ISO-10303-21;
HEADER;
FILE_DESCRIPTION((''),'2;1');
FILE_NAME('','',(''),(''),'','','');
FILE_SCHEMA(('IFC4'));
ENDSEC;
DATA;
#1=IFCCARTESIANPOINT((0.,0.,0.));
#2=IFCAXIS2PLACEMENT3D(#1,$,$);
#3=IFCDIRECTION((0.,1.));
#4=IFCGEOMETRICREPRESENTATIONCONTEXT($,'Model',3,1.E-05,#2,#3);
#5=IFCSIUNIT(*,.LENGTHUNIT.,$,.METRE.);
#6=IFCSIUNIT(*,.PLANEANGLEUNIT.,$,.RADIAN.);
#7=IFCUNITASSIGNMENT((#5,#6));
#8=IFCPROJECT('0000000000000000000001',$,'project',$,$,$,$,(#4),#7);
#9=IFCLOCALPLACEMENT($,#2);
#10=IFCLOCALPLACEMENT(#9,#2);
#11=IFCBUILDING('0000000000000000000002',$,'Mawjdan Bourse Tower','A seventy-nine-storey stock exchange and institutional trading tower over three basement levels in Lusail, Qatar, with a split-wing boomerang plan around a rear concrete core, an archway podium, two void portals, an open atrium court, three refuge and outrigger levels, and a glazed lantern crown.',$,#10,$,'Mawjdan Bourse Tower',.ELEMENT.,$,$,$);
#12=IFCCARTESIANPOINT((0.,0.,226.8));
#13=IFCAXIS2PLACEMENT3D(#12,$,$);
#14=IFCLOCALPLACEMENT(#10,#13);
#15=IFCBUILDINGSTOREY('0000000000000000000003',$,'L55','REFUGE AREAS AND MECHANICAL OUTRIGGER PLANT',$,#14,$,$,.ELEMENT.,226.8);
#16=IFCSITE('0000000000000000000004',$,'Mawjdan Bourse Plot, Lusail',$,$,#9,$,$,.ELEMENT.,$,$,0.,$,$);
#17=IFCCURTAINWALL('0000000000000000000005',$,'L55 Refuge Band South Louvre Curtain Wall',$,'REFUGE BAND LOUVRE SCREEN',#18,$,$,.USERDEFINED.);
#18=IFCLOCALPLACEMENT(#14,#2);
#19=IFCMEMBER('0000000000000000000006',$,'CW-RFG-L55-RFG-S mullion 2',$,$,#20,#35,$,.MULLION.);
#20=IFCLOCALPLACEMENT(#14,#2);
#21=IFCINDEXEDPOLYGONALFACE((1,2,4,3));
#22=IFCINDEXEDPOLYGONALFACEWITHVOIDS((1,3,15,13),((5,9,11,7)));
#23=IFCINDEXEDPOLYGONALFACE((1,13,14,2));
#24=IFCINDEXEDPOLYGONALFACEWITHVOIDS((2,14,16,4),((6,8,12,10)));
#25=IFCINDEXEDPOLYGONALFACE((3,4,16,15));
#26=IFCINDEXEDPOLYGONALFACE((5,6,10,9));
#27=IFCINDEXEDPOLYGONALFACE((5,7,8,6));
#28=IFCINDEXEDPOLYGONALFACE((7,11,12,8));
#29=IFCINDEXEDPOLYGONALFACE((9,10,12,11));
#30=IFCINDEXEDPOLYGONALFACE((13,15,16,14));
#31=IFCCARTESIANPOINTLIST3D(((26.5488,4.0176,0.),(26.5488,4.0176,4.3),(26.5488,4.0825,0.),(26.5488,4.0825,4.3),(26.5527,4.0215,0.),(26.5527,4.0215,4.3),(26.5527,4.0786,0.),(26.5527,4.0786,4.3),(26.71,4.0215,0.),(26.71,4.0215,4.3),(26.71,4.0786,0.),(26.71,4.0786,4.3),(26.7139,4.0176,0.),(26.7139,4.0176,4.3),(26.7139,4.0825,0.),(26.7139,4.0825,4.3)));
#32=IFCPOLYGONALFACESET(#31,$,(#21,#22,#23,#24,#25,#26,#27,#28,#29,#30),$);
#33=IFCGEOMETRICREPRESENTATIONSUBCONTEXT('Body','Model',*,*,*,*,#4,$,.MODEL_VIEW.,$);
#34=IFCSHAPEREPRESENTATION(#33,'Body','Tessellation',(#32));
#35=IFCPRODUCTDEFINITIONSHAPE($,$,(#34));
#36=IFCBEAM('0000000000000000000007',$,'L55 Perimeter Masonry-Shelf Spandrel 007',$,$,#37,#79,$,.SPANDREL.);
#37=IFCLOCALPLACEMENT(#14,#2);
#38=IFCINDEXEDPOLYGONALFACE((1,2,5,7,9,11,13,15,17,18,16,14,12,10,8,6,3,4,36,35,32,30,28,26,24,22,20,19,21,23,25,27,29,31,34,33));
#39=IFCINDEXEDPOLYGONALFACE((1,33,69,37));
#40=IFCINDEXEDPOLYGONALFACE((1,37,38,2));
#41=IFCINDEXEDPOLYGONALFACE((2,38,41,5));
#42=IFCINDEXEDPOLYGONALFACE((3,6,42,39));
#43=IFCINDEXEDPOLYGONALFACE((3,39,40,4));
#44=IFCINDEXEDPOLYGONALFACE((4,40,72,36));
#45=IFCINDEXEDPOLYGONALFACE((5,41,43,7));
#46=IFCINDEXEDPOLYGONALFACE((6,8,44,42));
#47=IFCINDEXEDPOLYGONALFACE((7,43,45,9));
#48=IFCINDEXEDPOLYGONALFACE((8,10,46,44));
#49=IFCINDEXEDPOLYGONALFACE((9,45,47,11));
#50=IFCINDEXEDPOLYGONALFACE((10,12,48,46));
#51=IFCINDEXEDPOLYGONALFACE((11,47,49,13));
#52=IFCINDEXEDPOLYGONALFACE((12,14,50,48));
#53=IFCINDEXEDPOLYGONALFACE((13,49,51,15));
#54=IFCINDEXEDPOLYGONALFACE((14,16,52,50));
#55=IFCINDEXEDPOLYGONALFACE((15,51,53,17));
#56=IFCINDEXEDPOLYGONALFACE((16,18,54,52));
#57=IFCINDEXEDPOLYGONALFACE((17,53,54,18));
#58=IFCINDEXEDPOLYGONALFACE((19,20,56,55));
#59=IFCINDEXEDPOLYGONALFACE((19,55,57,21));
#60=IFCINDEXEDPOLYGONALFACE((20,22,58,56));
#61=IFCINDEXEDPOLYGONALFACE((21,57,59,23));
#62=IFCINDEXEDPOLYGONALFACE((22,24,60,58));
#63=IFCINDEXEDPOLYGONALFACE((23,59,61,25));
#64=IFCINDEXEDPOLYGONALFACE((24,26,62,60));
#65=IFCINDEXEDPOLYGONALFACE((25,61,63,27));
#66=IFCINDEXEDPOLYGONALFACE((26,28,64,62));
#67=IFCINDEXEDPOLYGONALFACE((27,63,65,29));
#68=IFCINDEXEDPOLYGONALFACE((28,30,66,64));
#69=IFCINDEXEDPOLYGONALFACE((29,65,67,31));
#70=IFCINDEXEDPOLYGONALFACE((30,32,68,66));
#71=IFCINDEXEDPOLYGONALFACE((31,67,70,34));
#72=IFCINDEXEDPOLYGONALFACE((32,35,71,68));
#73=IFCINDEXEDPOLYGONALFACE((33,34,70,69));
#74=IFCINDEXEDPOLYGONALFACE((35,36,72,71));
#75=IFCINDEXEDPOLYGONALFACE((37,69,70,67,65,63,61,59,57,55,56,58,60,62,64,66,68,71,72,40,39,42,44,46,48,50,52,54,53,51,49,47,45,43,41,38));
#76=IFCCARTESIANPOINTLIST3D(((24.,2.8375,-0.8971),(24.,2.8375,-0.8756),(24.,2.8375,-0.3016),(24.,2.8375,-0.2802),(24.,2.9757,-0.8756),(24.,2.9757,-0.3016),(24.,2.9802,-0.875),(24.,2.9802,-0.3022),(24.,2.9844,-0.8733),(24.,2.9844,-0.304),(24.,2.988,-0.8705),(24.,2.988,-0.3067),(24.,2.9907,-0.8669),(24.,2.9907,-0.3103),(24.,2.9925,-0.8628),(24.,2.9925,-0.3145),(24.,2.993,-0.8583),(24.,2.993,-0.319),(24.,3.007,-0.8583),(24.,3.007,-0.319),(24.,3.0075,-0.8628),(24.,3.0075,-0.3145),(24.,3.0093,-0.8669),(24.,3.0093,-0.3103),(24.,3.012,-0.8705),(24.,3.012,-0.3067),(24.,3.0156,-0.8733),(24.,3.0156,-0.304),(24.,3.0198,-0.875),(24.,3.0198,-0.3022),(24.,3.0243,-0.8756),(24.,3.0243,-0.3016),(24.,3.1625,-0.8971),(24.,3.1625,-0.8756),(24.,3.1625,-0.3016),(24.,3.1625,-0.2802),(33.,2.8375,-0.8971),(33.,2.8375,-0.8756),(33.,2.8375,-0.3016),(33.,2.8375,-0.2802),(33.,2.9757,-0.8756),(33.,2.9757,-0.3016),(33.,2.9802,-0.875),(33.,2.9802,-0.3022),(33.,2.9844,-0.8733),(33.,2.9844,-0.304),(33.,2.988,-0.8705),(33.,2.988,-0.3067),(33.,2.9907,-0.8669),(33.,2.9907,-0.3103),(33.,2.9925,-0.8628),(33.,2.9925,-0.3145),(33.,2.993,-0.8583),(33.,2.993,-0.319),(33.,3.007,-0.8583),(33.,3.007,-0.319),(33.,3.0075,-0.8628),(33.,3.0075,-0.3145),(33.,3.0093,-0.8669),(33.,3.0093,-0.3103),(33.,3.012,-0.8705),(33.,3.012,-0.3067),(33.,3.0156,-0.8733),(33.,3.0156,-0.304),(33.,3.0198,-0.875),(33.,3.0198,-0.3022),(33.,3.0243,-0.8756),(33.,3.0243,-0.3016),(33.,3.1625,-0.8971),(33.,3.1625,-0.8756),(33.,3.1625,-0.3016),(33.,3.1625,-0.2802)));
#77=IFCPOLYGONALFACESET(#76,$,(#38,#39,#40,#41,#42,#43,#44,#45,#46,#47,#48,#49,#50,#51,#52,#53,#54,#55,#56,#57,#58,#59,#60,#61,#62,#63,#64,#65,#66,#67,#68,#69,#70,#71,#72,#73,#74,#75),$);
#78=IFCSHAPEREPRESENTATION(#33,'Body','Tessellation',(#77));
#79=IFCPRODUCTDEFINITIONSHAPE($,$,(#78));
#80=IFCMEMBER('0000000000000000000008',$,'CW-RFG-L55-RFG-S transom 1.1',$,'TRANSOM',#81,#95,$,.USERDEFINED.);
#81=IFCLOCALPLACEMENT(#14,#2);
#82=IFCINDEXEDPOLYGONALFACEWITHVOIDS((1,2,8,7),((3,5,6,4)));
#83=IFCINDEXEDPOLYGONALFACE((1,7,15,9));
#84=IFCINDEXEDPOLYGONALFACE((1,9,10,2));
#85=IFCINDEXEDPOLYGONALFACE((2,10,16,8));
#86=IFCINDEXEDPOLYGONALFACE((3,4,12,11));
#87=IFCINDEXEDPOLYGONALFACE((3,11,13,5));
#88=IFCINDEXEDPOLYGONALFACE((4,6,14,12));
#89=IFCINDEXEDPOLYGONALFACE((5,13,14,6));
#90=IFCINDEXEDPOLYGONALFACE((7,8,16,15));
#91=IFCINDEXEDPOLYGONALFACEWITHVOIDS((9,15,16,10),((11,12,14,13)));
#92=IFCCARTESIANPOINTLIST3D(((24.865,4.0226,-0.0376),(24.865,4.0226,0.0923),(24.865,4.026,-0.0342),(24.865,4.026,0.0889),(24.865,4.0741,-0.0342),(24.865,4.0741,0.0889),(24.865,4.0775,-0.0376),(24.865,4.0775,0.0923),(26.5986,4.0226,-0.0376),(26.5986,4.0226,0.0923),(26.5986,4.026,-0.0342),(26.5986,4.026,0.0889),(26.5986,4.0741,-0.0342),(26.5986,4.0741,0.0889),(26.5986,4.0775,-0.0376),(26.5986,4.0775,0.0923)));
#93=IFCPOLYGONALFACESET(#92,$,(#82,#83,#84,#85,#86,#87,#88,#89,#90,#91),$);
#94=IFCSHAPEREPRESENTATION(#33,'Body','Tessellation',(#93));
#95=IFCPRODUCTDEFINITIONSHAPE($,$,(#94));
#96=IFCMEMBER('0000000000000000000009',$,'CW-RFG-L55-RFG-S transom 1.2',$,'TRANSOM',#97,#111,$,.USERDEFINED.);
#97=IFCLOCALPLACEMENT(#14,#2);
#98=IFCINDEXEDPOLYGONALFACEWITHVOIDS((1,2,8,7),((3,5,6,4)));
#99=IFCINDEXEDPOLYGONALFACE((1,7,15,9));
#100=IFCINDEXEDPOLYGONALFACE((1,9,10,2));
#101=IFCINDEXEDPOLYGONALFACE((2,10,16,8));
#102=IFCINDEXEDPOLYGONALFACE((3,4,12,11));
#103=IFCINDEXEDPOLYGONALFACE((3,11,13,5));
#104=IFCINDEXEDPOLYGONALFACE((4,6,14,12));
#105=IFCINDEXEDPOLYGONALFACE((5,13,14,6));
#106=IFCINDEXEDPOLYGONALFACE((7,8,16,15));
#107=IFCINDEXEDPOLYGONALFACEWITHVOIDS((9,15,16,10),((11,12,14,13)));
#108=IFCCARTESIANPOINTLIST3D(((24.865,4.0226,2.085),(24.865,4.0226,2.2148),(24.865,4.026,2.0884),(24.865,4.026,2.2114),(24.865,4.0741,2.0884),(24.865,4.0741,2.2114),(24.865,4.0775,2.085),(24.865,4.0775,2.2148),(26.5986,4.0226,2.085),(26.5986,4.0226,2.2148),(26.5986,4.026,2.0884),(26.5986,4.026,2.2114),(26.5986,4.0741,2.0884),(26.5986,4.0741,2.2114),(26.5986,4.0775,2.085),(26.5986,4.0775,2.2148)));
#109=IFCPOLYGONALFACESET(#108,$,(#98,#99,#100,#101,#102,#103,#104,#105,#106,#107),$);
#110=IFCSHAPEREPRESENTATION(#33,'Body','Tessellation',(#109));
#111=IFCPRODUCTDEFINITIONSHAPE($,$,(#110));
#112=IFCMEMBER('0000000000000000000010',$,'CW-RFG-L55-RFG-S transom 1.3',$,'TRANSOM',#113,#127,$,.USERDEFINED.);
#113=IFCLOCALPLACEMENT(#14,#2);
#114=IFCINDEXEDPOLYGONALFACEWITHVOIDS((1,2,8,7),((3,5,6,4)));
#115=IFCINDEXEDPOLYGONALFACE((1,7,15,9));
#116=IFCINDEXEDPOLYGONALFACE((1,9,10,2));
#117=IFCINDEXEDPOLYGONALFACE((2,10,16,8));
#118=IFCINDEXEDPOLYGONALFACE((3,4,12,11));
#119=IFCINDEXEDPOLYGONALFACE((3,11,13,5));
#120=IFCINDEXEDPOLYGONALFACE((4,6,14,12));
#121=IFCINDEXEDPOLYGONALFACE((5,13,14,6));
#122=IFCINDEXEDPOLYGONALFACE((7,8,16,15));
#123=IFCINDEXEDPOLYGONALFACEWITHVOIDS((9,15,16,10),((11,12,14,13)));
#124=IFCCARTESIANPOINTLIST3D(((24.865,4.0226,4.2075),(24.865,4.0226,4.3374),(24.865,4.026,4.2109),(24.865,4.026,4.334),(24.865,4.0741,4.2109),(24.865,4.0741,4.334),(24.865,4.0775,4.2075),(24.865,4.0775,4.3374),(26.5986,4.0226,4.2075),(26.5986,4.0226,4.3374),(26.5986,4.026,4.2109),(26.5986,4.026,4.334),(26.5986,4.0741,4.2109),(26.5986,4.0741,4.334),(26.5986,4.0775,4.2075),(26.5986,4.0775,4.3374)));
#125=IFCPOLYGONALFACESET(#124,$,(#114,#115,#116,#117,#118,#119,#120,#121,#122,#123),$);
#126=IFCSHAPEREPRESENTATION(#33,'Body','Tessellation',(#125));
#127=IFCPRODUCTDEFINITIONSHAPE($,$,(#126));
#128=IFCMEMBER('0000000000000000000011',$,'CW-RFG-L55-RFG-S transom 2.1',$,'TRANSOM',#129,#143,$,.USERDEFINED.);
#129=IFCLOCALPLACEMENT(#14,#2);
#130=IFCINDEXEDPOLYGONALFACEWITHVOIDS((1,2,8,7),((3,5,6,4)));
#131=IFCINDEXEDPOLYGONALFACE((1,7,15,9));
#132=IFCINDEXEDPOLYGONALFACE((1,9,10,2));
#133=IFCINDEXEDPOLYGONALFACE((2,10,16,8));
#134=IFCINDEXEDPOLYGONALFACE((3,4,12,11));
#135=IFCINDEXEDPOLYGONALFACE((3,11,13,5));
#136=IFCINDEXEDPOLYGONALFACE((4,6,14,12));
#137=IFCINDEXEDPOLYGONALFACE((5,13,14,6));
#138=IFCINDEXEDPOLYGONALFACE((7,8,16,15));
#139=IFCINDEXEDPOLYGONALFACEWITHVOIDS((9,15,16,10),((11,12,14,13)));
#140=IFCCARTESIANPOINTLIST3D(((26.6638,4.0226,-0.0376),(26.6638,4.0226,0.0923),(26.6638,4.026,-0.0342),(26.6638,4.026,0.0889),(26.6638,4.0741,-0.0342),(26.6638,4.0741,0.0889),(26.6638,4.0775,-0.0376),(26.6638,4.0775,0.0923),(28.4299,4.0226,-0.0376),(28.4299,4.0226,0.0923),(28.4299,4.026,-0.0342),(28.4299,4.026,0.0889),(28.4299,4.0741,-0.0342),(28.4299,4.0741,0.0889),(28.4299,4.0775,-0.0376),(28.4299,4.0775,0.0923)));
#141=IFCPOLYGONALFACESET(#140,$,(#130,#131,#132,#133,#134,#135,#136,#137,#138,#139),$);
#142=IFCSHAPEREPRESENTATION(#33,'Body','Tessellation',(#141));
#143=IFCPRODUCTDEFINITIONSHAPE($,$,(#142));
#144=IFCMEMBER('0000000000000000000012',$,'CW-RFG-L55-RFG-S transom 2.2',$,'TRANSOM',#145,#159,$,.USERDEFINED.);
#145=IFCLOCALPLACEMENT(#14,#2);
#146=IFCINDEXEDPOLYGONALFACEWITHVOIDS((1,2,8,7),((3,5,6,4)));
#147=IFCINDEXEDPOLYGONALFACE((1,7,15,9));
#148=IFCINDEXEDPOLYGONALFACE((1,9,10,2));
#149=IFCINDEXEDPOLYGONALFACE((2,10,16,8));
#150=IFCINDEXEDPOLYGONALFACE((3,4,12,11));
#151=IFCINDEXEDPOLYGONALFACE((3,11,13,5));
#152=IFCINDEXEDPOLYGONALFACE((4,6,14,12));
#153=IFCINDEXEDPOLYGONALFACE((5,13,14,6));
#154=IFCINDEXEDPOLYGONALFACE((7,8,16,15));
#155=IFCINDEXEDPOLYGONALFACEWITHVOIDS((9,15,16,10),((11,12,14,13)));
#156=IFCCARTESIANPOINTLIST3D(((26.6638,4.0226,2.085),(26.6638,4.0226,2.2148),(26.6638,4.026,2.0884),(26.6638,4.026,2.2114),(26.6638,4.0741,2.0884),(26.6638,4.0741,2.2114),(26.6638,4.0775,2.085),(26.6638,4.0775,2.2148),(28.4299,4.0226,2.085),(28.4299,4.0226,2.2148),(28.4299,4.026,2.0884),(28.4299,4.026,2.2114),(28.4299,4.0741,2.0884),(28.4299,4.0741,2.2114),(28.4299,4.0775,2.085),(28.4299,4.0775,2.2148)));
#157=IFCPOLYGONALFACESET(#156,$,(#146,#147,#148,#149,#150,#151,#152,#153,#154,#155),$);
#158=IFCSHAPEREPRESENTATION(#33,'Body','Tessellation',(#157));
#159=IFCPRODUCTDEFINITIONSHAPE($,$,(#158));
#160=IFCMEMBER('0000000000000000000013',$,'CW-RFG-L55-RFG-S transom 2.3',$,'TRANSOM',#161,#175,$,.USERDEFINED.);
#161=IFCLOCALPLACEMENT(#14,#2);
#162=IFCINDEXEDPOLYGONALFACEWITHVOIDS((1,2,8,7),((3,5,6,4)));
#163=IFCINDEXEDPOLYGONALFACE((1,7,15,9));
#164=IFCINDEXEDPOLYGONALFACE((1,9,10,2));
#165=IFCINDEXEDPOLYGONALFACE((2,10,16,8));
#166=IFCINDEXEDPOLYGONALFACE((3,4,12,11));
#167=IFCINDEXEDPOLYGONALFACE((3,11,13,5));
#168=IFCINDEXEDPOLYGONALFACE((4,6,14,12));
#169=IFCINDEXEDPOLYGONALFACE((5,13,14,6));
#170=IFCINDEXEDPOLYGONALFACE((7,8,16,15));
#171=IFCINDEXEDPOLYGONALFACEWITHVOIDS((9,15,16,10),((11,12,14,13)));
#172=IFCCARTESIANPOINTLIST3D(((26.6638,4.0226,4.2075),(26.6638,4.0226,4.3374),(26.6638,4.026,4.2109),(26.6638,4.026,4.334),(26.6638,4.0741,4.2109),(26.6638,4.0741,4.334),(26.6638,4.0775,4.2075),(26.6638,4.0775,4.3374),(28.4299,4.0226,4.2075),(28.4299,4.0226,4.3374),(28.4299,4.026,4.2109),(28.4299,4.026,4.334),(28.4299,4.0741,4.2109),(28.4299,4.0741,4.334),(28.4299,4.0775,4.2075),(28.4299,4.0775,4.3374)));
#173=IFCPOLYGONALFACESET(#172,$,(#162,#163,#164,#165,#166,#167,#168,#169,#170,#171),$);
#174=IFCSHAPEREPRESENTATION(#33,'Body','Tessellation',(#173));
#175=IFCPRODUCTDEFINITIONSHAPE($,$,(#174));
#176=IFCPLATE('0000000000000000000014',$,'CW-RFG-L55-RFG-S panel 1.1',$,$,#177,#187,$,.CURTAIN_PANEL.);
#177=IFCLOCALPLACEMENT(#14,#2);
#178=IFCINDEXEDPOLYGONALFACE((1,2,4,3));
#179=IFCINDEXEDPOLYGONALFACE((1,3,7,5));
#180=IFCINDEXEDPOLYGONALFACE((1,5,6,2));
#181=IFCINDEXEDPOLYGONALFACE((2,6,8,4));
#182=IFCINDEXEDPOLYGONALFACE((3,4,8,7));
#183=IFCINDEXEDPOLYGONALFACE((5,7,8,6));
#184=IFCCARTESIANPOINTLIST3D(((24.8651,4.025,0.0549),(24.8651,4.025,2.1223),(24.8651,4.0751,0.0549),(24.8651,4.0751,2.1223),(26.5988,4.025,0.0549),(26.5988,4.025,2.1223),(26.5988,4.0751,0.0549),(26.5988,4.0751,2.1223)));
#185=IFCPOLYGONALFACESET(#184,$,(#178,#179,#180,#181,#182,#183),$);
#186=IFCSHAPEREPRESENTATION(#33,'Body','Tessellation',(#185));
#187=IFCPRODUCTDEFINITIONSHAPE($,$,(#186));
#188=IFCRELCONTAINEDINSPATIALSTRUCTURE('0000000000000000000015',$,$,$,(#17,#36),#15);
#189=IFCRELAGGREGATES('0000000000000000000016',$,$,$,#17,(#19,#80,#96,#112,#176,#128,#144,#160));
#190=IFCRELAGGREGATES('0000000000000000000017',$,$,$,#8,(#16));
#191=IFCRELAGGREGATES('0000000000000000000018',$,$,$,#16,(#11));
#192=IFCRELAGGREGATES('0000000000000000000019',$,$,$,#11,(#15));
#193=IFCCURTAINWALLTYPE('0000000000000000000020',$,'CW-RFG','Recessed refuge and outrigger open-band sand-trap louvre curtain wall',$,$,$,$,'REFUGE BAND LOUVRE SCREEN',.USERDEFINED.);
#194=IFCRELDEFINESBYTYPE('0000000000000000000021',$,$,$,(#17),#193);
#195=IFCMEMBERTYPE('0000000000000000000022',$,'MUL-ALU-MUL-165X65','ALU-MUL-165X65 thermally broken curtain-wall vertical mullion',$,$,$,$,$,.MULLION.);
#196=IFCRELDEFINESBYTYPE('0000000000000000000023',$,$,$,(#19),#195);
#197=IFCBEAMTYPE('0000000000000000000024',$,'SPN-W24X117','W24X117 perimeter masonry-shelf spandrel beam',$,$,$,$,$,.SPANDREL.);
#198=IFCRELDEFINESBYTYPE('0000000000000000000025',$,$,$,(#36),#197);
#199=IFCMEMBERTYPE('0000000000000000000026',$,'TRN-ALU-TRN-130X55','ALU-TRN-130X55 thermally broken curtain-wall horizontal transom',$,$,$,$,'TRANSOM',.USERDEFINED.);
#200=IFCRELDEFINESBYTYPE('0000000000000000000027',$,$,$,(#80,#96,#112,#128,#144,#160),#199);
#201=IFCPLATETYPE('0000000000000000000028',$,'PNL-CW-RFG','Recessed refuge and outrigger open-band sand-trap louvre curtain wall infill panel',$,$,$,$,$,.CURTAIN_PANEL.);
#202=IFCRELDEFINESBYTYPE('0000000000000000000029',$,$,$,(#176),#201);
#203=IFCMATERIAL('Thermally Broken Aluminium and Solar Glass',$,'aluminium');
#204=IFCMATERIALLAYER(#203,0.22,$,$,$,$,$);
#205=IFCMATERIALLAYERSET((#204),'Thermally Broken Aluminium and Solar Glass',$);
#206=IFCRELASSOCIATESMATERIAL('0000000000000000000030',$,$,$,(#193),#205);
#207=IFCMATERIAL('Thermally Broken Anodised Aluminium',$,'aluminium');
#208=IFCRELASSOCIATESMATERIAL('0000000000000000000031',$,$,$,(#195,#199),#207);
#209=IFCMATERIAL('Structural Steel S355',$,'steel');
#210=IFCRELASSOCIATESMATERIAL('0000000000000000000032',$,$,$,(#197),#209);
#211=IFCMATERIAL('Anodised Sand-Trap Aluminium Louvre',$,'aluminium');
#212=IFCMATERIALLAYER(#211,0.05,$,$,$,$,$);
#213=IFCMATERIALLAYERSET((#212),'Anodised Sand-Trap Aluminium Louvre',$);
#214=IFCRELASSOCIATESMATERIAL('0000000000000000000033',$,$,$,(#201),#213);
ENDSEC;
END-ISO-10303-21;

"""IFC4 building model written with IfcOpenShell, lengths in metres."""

from ifc_helpers import new_model, si_unit, direction, frame, origin, origin_2d, place, context, subcontext, project, spatial, rectangle, hollow_rectangle, i_section, extrude, material, layer, layer_set, material_profile, profile_set, type_object, element, aggregate, save


model = new_model("IFC4")

# Units and contexts
model_context = context("Model", 3, precision=1e-05, world=origin(), true_north=direction((0.0, 1.0)))
body_context = subcontext(model_context, "Body", "Model", "MODEL_VIEW")
ifc_project = project(units=[si_unit("LENGTHUNIT", "METRE"), si_unit("PLANEANGLEUNIT", "RADIAN")], contexts=[model_context])

# Site, building, storey
site_placement = place(None, origin())
site = spatial("IfcSite", under=ifc_project, at=site_placement, Name="Mawjdan Bourse Plot, Lusail", CompositionType="ELEMENT", RefElevation=0.0)
building_placement = place(site_placement, origin())
building = spatial("IfcBuilding", under=site, at=building_placement, Name="Mawjdan Bourse Tower", Description="A seventy-nine-storey stock exchange and institutional trading tower over three basement levels in Lusail, Qatar, with a split-wing boomerang plan around a rear concrete core, an archway podium, two void portals, an open atrium court, three refuge and outrigger levels, and a glazed lantern crown.", LongName="Mawjdan Bourse Tower", CompositionType="ELEMENT")
storey_placement = place(building_placement, frame((0.0, 0.0, 226.8)))
storey = spatial("IfcBuildingStorey", under=building, at=storey_placement, Name="L55", Description="REFUGE AREAS AND MECHANICAL OUTRIGGER PLANT", CompositionType="ELEMENT", Elevation=226.8)

# Shared definitions
ifc_material_1 = material(Name="Structural Steel S355", Category="steel")

# Curtain wall, member
ifc_material_2 = material(Name="Thermally Broken Aluminium and Solar Glass", Category="aluminium")
ifc_layer_1 = layer(ifc_material_2, 0.22)
ifc_layer_set_1 = layer_set([ifc_layer_1], Name="Thermally Broken Aluminium and Solar Glass")
curtain_wall_type = type_object("IfcCurtainWallType", Name="CW-RFG", Description="Recessed refuge and outrigger open-band sand-trap louvre curtain wall", ElementType="REFUGE BAND LOUVRE SCREEN", PredefinedType="USERDEFINED", material=ifc_layer_set_1)
curtain_wall_placement = place(storey_placement, origin())
curtain_wall = element("IfcCurtainWall", 1, at=curtain_wall_placement, inside=storey, type_object=curtain_wall_type, Name="L55 Refuge Band South Louvre Curtain Wall", ObjectType="REFUGE BAND LOUVRE SCREEN", PredefinedType="USERDEFINED")
ifc_material_3 = material(Name="Thermally Broken Anodised Aluminium", Category="aluminium")
ifc_material_profile_1 = material_profile(ifc_material_3, hollow_rectangle(XDim=0.0649, YDim=0.165, WallThickness=0.0039, at=origin_2d()), Name="ALU-MUL-165X65")
ifc_profile_set_1 = profile_set([ifc_material_profile_1], Name="Thermally Broken Anodised Aluminium")
member_type_1 = type_object("IfcMemberType", Name="MUL-ALU-MUL-165X65", Description="ALU-MUL-165X65 thermally broken curtain-wall vertical mullion", PredefinedType="MULLION", material=ifc_profile_set_1)
member_1_placement = place(storey_placement, frame((26.6313, 4.05, 0.0), z_axis=(0.0, 0.0, 1.0), x_axis=(0.0, 1.0, 0.0)))
member_1 = element("IfcMember", 2, at=member_1_placement, type_object=member_type_1, Name="CW-RFG-L55-RFG-S mullion 2", PredefinedType="MULLION", context=body_context, shape_type="SweptSolid", body=[
    extrude(hollow_rectangle(XDim=0.0649, YDim=0.165, WallThickness=0.0039, at=origin_2d()), origin(), (0.0, 0.0, 1.0), 4.3),
])

# Beam
ifc_material_profile_2 = material_profile(ifc_material_1, i_section(OverallWidth=0.325, OverallDepth=0.6169, WebThickness=0.0139, FlangeThickness=0.0215, FilletRadius=0.0173, at=origin_2d()), Name="W24X117")
ifc_profile_set_2 = profile_set([ifc_material_profile_2], Name="Structural Steel S355")
beam_type_1 = type_object("IfcBeamType", Name="SPN-W24X117", Description="W24X117 perimeter masonry-shelf spandrel beam", PredefinedType="SPANDREL", material=ifc_profile_set_2)
beam_1_placement = place(storey_placement, frame((24.0, 3.0, -0.5886), z_axis=(1.0, 0.0, 0.0), x_axis=(0.0, 1.0, 0.0)))
element("IfcBeam", 3, at=beam_1_placement, inside=storey, type_object=beam_type_1, Name="L55 Perimeter Masonry-Shelf Spandrel 007", PredefinedType="SPANDREL", context=body_context, shape_type="SweptSolid", body=[
    extrude(i_section(OverallWidth=0.325, OverallDepth=0.6169, WebThickness=0.0139, FlangeThickness=0.0215, FilletRadius=0.0173, at=origin_2d()), origin(), (0.0, 0.0, 1.0), 9.0),
])

# Members
ifc_material_profile_3 = material_profile(ifc_material_3, hollow_rectangle(XDim=0.0549, YDim=0.1299, WallThickness=0.0034, at=origin_2d()), Name="ALU-TRN-130X55")
ifc_profile_set_3 = profile_set([ifc_material_profile_3], Name="Thermally Broken Anodised Aluminium")
member_type_2 = type_object("IfcMemberType", Name="TRN-ALU-TRN-130X55", Description="ALU-TRN-130X55 thermally broken curtain-wall horizontal transom", ElementType="TRANSOM", PredefinedType="USERDEFINED", material=ifc_profile_set_3)
member_2_placement = place(storey_placement, frame((24.865, 4.05, 0.0273), z_axis=(1.0, 0.0, 0.0), x_axis=(0.0, 1.0, 0.0)))
member_2 = element("IfcMember", 4, at=member_2_placement, type_object=member_type_2, Name="CW-RFG-L55-RFG-S transom 1.1", ObjectType="TRANSOM", PredefinedType="USERDEFINED", context=body_context, shape_type="SweptSolid", body=[
    extrude(hollow_rectangle(XDim=0.0549, YDim=0.1299, WallThickness=0.0034, at=origin_2d()), origin(), (0.0, 0.0, 1.0), 1.7336),
])
member_3_placement = place(storey_placement, frame((24.865, 4.05, 2.1499), z_axis=(1.0, 0.0, 0.0), x_axis=(0.0, 1.0, 0.0)))
member_3 = element("IfcMember", 5, at=member_3_placement, type_object=member_type_2, Name="CW-RFG-L55-RFG-S transom 1.2", ObjectType="TRANSOM", PredefinedType="USERDEFINED", context=body_context, shape_type="SweptSolid", body=[
    extrude(hollow_rectangle(XDim=0.0549, YDim=0.1299, WallThickness=0.0034, at=origin_2d()), origin(), (0.0, 0.0, 1.0), 1.7336),
])
member_4_placement = place(storey_placement, frame((24.865, 4.05, 4.2725), z_axis=(1.0, 0.0, 0.0), x_axis=(0.0, 1.0, 0.0)))
member_4 = element("IfcMember", 6, at=member_4_placement, type_object=member_type_2, Name="CW-RFG-L55-RFG-S transom 1.3", ObjectType="TRANSOM", PredefinedType="USERDEFINED", context=body_context, shape_type="SweptSolid", body=[
    extrude(hollow_rectangle(XDim=0.0549, YDim=0.1299, WallThickness=0.0034, at=origin_2d()), origin(), (0.0, 0.0, 1.0), 1.7336),
])
member_5_placement = place(storey_placement, frame((26.6638, 4.05, 0.0273), z_axis=(1.0, 0.0, 0.0), x_axis=(0.0, 1.0, 0.0)))
member_5 = element("IfcMember", 7, at=member_5_placement, type_object=member_type_2, Name="CW-RFG-L55-RFG-S transom 2.1", ObjectType="TRANSOM", PredefinedType="USERDEFINED", context=body_context, shape_type="SweptSolid", body=[
    extrude(hollow_rectangle(XDim=0.0549, YDim=0.1299, WallThickness=0.0034, at=origin_2d()), origin(), (0.0, 0.0, 1.0), 1.7661),
])
member_6_placement = place(storey_placement, frame((26.6638, 4.05, 2.1499), z_axis=(1.0, 0.0, 0.0), x_axis=(0.0, 1.0, 0.0)))
member_6 = element("IfcMember", 8, at=member_6_placement, type_object=member_type_2, Name="CW-RFG-L55-RFG-S transom 2.2", ObjectType="TRANSOM", PredefinedType="USERDEFINED", context=body_context, shape_type="SweptSolid", body=[
    extrude(hollow_rectangle(XDim=0.0549, YDim=0.1299, WallThickness=0.0034, at=origin_2d()), origin(), (0.0, 0.0, 1.0), 1.7661),
])
member_7_placement = place(storey_placement, frame((26.6638, 4.05, 4.2725), z_axis=(1.0, 0.0, 0.0), x_axis=(0.0, 1.0, 0.0)))
member_7 = element("IfcMember", 9, at=member_7_placement, type_object=member_type_2, Name="CW-RFG-L55-RFG-S transom 2.3", ObjectType="TRANSOM", PredefinedType="USERDEFINED", context=body_context, shape_type="SweptSolid", body=[
    extrude(hollow_rectangle(XDim=0.0549, YDim=0.1299, WallThickness=0.0034, at=origin_2d()), origin(), (0.0, 0.0, 1.0), 1.7661),
])

# Plate
ifc_material_4 = material(Name="Anodised Sand-Trap Aluminium Louvre", Category="aluminium")
ifc_layer_2 = layer(ifc_material_4, 0.05)
ifc_layer_set_2 = layer_set([ifc_layer_2], Name="Anodised Sand-Trap Aluminium Louvre")
plate_type = type_object("IfcPlateType", Name="PNL-CW-RFG", Description="Recessed refuge and outrigger open-band sand-trap louvre curtain wall infill panel", PredefinedType="CURTAIN_PANEL", material=ifc_layer_set_2)
plate_1_placement = place(storey_placement, frame((25.7319, 4.05, 0.0549), z_axis=(0.0, 0.0, 1.0), x_axis=(1.0, 0.0, 0.0)))
plate_1 = element("IfcPlate", 10, at=plate_1_placement, type_object=plate_type, Name="CW-RFG-L55-RFG-S panel 1.1", PredefinedType="CURTAIN_PANEL", context=body_context, shape_type="SweptSolid", body=[
    extrude(rectangle(XDim=1.7336, YDim=0.05, at=origin_2d()), origin(), (0.0, 0.0, 1.0), 2.0674),
])
aggregate(curtain_wall, [member_1, member_2, member_3, member_4, plate_1, member_5, member_6, member_7])

save(model, "model.ifc")
